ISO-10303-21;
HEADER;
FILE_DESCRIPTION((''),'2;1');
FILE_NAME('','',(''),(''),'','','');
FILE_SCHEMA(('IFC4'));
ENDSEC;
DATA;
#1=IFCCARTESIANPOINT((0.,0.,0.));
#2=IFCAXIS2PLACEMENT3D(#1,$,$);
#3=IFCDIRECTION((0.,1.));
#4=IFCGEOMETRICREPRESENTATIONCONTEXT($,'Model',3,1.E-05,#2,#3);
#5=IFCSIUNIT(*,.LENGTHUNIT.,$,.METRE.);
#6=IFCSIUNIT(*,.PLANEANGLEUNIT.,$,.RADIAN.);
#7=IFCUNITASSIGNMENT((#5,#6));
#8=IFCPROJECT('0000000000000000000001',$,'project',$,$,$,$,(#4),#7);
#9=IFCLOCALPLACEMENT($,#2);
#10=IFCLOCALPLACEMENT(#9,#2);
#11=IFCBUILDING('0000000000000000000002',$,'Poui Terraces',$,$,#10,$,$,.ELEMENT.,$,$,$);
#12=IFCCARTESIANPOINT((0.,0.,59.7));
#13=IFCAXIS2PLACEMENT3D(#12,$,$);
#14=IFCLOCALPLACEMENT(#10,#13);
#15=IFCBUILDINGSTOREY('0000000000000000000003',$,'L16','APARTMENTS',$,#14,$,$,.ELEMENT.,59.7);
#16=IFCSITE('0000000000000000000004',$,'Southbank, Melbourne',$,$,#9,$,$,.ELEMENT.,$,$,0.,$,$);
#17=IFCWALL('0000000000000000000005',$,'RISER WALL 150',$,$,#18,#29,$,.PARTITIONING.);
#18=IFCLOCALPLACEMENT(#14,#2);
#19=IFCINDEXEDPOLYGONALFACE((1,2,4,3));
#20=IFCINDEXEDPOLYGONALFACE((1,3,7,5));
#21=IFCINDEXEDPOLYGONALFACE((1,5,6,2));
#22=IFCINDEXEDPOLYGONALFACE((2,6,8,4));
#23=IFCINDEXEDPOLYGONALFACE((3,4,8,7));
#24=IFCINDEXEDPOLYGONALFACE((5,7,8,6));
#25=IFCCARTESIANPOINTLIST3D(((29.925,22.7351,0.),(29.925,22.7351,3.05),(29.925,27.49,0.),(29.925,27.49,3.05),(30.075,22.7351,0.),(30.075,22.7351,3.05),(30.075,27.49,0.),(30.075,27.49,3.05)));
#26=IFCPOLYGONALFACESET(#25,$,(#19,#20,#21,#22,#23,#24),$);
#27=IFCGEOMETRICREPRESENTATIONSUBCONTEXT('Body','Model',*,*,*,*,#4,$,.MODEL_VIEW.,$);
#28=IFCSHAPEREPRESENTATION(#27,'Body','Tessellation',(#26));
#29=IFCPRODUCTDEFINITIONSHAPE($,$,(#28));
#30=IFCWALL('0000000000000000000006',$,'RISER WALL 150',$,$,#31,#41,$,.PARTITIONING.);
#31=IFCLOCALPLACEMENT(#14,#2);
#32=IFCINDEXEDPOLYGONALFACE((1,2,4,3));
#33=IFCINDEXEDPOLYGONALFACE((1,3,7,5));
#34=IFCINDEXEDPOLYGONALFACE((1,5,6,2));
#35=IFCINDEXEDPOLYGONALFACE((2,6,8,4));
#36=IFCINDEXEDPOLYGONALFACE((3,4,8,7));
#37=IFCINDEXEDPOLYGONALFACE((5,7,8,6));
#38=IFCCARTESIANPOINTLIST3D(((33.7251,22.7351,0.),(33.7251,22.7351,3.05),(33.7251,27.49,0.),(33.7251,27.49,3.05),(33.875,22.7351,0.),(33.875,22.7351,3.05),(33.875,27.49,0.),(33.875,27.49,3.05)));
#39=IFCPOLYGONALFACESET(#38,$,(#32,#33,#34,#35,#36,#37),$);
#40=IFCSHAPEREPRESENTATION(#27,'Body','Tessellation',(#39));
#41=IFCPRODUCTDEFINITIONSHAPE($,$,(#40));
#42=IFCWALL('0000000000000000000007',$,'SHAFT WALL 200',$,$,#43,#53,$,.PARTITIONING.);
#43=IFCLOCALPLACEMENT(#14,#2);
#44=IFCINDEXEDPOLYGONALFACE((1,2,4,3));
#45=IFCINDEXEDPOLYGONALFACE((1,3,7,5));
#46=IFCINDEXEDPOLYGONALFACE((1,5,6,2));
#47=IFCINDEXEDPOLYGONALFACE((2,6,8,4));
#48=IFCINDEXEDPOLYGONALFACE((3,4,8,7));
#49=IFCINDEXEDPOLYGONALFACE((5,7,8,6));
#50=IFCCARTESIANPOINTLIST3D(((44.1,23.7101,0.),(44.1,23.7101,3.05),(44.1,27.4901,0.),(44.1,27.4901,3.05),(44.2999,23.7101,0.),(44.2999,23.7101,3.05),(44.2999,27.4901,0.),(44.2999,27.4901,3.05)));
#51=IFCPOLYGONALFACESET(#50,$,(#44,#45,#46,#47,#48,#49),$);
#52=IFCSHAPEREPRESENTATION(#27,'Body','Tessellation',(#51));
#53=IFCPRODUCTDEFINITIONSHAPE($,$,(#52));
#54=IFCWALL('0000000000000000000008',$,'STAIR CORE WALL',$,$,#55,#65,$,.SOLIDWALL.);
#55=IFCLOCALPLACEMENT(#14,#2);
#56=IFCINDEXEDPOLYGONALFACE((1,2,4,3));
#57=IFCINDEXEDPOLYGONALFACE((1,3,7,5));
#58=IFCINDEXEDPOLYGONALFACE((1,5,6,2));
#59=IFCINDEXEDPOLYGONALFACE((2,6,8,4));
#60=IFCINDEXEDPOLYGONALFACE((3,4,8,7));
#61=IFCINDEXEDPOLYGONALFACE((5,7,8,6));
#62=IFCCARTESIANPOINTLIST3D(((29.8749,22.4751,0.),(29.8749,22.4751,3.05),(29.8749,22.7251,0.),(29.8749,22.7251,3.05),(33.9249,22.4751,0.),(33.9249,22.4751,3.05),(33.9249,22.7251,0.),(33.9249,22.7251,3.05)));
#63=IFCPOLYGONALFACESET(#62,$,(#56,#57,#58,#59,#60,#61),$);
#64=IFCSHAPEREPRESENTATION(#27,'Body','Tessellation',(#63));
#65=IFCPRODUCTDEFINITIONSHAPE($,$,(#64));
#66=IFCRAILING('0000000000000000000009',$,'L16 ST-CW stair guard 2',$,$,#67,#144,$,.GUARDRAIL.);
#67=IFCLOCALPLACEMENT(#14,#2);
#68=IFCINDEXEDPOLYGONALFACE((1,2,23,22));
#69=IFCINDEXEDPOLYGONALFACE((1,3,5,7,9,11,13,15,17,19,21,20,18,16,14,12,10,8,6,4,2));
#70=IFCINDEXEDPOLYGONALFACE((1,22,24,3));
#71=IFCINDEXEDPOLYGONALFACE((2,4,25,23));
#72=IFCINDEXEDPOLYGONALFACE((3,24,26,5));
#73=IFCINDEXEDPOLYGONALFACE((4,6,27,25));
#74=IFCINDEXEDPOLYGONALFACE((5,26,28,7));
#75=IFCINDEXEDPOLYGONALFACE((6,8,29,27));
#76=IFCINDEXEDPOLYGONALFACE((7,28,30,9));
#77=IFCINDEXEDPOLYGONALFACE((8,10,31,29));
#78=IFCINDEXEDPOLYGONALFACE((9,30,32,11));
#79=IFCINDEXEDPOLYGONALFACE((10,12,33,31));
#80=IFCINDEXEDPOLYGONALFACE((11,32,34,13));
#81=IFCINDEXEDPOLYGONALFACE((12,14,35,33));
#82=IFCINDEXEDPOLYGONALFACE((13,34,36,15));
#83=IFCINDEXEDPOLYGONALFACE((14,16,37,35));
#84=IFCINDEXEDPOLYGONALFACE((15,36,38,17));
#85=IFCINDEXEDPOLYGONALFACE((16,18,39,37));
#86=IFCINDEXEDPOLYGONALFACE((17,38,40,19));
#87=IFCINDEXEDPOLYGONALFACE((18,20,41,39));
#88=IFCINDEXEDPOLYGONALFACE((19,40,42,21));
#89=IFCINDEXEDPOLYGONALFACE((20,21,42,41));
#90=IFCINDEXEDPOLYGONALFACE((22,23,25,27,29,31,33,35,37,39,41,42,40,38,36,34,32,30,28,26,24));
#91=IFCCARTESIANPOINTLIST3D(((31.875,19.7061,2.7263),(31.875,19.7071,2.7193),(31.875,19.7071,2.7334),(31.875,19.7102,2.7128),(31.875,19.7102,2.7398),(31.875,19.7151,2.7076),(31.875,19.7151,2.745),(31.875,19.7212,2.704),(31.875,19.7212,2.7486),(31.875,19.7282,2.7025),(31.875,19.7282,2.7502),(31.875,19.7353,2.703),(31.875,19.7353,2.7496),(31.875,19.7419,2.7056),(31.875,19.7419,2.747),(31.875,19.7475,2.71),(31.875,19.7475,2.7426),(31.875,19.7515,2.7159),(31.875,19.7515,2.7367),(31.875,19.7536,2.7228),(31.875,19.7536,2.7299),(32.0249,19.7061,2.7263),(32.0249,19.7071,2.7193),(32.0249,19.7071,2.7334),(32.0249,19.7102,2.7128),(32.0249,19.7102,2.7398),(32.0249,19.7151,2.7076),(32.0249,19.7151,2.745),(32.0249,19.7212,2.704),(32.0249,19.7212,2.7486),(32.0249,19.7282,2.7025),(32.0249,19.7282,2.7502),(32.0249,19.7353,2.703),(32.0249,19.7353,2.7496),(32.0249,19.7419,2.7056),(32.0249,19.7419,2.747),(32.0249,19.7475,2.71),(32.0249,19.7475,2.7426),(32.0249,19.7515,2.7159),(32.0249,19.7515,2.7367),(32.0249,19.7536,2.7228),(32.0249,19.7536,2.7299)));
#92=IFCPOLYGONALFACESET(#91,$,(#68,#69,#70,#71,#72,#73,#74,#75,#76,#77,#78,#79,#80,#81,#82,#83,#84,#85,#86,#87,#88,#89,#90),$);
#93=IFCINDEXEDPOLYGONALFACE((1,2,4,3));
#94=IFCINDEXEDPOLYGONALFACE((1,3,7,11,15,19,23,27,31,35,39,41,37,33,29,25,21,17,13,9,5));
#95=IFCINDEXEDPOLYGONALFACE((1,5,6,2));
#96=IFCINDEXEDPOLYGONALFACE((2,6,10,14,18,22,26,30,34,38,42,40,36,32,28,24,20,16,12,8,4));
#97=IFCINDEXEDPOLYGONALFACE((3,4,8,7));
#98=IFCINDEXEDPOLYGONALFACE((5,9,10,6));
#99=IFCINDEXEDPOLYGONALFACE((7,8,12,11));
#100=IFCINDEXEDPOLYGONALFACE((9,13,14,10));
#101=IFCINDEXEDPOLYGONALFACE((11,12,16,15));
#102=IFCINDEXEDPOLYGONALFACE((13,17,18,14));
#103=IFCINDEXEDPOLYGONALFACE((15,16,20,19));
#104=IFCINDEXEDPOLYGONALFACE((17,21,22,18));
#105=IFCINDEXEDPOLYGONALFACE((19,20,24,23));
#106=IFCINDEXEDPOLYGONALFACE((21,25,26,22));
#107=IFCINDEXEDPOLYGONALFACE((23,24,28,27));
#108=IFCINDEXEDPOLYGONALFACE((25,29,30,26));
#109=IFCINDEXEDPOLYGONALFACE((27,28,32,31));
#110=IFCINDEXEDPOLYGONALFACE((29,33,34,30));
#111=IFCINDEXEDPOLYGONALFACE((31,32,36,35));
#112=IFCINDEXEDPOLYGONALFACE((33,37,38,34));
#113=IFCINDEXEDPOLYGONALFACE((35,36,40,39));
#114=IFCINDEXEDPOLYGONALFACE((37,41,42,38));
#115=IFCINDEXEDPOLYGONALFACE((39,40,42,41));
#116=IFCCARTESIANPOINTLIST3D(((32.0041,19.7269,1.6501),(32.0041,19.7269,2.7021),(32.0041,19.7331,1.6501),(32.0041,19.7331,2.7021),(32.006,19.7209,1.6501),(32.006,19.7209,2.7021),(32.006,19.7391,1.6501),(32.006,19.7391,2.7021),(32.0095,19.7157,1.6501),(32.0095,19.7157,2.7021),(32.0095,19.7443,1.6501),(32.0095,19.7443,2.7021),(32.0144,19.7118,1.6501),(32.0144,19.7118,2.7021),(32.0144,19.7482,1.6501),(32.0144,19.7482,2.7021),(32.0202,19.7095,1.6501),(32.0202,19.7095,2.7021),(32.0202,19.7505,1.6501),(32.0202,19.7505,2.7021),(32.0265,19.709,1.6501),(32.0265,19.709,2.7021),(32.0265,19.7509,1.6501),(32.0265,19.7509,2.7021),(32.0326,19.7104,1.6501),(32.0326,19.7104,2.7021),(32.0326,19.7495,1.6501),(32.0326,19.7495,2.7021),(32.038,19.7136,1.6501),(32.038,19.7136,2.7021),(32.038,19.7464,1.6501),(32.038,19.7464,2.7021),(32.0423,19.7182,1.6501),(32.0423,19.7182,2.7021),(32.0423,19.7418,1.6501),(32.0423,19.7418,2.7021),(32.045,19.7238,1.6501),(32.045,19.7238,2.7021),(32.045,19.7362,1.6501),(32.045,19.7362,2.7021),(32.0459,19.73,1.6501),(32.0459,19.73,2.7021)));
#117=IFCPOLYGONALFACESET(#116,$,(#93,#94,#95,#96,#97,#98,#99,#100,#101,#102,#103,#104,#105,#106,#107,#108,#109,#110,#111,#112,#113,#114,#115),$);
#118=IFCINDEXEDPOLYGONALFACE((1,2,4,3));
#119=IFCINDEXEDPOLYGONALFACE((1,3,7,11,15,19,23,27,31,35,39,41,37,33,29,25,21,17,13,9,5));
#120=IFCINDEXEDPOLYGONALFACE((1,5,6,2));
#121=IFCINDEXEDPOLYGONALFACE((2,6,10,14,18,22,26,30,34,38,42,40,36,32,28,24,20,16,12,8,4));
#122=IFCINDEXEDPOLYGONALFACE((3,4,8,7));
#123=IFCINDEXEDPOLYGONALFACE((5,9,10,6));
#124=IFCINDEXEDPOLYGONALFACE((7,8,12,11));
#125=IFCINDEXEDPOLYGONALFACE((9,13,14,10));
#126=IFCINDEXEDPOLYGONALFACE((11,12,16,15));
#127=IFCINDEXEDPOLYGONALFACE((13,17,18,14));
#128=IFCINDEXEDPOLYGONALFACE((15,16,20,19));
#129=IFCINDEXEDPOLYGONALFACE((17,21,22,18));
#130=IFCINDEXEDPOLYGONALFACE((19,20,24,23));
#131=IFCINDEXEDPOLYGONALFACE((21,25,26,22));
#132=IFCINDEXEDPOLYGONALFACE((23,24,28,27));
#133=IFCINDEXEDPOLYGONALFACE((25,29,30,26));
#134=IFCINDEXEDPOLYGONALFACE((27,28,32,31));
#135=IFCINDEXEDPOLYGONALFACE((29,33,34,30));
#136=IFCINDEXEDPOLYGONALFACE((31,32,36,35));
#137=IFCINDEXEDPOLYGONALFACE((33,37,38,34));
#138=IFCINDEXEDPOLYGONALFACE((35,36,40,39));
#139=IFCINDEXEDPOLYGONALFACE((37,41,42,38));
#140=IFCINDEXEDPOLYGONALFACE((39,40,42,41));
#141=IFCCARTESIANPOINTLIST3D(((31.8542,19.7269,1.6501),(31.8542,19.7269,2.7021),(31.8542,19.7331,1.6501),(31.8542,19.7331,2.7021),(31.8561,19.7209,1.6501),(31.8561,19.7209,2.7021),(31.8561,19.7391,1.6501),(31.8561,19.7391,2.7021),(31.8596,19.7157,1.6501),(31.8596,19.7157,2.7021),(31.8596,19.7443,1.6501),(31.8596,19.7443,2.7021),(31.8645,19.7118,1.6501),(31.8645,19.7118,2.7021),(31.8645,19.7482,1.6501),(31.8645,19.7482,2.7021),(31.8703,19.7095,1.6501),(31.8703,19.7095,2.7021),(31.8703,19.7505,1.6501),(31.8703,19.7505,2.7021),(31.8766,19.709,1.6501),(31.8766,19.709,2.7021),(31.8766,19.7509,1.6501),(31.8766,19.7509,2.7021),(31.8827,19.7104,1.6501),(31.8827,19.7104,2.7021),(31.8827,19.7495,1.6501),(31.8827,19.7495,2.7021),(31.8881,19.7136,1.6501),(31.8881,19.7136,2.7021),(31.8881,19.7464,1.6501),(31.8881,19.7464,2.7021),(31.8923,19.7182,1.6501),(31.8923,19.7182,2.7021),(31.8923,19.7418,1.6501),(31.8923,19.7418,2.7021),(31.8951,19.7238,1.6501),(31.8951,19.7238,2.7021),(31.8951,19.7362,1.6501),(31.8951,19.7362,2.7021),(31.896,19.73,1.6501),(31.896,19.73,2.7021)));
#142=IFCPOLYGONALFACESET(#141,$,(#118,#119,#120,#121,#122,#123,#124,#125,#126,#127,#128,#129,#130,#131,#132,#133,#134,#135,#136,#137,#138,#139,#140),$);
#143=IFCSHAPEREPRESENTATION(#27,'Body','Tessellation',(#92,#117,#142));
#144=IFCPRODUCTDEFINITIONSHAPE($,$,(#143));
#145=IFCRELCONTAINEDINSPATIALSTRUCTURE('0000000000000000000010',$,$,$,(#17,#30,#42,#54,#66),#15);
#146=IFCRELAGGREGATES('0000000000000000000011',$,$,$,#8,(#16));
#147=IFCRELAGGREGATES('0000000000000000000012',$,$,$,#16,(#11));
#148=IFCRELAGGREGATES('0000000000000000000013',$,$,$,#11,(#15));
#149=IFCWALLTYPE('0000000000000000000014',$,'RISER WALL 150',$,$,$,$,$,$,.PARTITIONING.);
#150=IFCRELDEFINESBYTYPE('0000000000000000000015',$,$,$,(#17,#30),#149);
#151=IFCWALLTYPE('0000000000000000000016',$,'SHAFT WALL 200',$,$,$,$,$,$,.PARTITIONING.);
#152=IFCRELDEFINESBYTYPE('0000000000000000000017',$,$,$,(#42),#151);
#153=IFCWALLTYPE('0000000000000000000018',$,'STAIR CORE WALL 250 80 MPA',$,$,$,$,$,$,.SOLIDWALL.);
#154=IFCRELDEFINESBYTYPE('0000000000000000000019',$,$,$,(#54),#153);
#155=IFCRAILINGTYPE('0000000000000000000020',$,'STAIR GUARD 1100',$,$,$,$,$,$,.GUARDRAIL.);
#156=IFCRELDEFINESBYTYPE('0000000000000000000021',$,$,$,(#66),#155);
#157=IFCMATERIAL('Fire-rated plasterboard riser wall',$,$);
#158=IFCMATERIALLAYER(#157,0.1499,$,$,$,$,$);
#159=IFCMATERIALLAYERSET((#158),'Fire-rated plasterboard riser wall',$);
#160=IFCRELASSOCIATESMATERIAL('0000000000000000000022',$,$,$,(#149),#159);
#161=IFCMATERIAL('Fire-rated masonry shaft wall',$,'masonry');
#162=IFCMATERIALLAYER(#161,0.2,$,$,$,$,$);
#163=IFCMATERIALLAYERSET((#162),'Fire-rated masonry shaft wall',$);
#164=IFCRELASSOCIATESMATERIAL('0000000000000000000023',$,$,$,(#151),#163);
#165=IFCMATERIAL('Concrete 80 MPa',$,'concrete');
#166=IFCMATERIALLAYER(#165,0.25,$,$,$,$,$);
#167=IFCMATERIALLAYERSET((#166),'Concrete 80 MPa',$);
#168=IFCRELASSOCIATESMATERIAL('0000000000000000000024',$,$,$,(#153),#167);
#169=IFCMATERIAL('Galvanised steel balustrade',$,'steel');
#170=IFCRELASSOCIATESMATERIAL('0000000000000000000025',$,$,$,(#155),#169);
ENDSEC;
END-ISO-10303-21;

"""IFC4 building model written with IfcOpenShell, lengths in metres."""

from ifc_helpers import new_model, si_unit, direction, frame, frame_2d, origin, origin_2d, place, context, subcontext, project, spatial, rectangle, circle, extrude, material, layer, layer_set, type_object, element, save


model = new_model("IFC4")

# Units and contexts
model_context = context("Model", 3, precision=1e-05, world=origin(), true_north=direction((0.0, 1.0)))
body_context = subcontext(model_context, "Body", "Model", "MODEL_VIEW")
ifc_project = project(units=[si_unit("LENGTHUNIT", "METRE"), si_unit("PLANEANGLEUNIT", "RADIAN")], contexts=[model_context])

# Site, building, storey
site_placement = place(None, origin())
site = spatial("IfcSite", under=ifc_project, at=site_placement, Name="Southbank, Melbourne", CompositionType="ELEMENT", RefElevation=0.0)
building_placement = place(site_placement, origin())
building = spatial("IfcBuilding", under=site, at=building_placement, Name="Poui Terraces", CompositionType="ELEMENT")
storey_placement = place(building_placement, frame((0.0, 0.0, 59.7)))
storey = spatial("IfcBuildingStorey", under=building, at=storey_placement, Name="L16", Description="APARTMENTS", CompositionType="ELEMENT", Elevation=59.7)

# Shared definitions
ifc_material_1 = material(Name="Concrete 80 MPa", Category="concrete")

# Walls
ifc_material_2 = material(Name="Fire-rated plasterboard riser wall")
ifc_layer_1 = layer(ifc_material_2, 0.1499)
ifc_layer_set_1 = layer_set([ifc_layer_1], Name="Fire-rated plasterboard riser wall")
wall_type_1 = type_object("IfcWallType", Name="RISER WALL 150", PredefinedType="PARTITIONING", material=ifc_layer_set_1)
for number, where, z_axis, x_axis, name in (
    (1, (30.0, 22.7351, 0.0), (0.0, 0.0, 1.0), (0.0, 1.0, 0.0), "RISER WALL 150"),
    (2, (33.8, 22.7351, 0.0), (0.0, 0.0, 1.0), (0.0, 1.0, 0.0), "RISER WALL 150"),
):
    element("IfcWall", number, at=place(storey_placement, frame(where, z_axis=z_axis, x_axis=x_axis)), inside=storey, type_object=wall_type_1, Name=name, PredefinedType="PARTITIONING", context=body_context, shape_type="SweptSolid", body=[
        extrude(rectangle(XDim=4.7549, YDim=0.1499, at=frame_2d((2.3774, 0.0))), origin(), (0.0, 0.0, 1.0), 3.05),
    ])
ifc_material_3 = material(Name="Fire-rated masonry shaft wall", Category="masonry")
ifc_layer_2 = layer(ifc_material_3, 0.2)
ifc_layer_set_2 = layer_set([ifc_layer_2], Name="Fire-rated masonry shaft wall")
wall_type_2 = type_object("IfcWallType", Name="SHAFT WALL 200", PredefinedType="PARTITIONING", material=ifc_layer_set_2)
wall_1_placement = place(storey_placement, frame((44.2, 23.71, 0.0), z_axis=(0.0, 0.0, 1.0), x_axis=(0.0, 1.0, 0.0)))
element("IfcWall", 3, at=wall_1_placement, inside=storey, type_object=wall_type_2, Name="SHAFT WALL 200", PredefinedType="PARTITIONING", context=body_context, shape_type="SweptSolid", body=[
    extrude(rectangle(XDim=3.78, YDim=0.2, at=frame_2d((1.8901, 0.0))), origin(), (0.0, 0.0, 1.0), 3.05),
])
ifc_layer_3 = layer(ifc_material_1, 0.25)
ifc_layer_set_3 = layer_set([ifc_layer_3], Name="Concrete 80 MPa")
wall_type_3 = type_object("IfcWallType", Name="STAIR CORE WALL 250 80 MPA", PredefinedType="SOLIDWALL", material=ifc_layer_set_3)
wall_2_placement = place(storey_placement, frame((29.875, 22.6001, 0.0), z_axis=(0.0, 0.0, 1.0), x_axis=(1.0, 0.0, 0.0)))
element("IfcWall", 4, at=wall_2_placement, inside=storey, type_object=wall_type_3, Name="STAIR CORE WALL", PredefinedType="SOLIDWALL", context=body_context, shape_type="SweptSolid", body=[
    extrude(rectangle(XDim=4.05, YDim=0.25, at=frame_2d((2.0249, 0.0))), origin(), (0.0, 0.0, 1.0), 3.05),
])

# Railing
ifc_material_4 = material(Name="Galvanised steel balustrade", Category="steel")
railing_type = type_object("IfcRailingType", Name="STAIR GUARD 1100", PredefinedType="GUARDRAIL", material=ifc_material_4)
railing_placement = place(storey_placement, frame((32.0249, 19.73, 1.6501)))
element("IfcRailing", 5, at=railing_placement, inside=storey, type_object=railing_type, Name="L16 ST-CW stair guard 2", PredefinedType="GUARDRAIL", context=body_context, shape_type="SweptSolid", body=[
    extrude(circle(Radius=0.0239, at=origin_2d()), frame((0.0, 0.0, 1.0762), z_axis=(-1.0, 0.0, 0.0), x_axis=(0.0, -1.0, 0.0)), (0.0, 0.0, 1.0), 0.1499),
    extrude(circle(Radius=0.021, at=origin_2d()), origin(), (0.0, 0.0, 1.0), 1.052),
    extrude(circle(Radius=0.021, at=origin_2d()), frame((-0.1499, 0.0, 0.0)), (0.0, 0.0, 1.0), 1.052),
])

save(model, "model.ifc")
